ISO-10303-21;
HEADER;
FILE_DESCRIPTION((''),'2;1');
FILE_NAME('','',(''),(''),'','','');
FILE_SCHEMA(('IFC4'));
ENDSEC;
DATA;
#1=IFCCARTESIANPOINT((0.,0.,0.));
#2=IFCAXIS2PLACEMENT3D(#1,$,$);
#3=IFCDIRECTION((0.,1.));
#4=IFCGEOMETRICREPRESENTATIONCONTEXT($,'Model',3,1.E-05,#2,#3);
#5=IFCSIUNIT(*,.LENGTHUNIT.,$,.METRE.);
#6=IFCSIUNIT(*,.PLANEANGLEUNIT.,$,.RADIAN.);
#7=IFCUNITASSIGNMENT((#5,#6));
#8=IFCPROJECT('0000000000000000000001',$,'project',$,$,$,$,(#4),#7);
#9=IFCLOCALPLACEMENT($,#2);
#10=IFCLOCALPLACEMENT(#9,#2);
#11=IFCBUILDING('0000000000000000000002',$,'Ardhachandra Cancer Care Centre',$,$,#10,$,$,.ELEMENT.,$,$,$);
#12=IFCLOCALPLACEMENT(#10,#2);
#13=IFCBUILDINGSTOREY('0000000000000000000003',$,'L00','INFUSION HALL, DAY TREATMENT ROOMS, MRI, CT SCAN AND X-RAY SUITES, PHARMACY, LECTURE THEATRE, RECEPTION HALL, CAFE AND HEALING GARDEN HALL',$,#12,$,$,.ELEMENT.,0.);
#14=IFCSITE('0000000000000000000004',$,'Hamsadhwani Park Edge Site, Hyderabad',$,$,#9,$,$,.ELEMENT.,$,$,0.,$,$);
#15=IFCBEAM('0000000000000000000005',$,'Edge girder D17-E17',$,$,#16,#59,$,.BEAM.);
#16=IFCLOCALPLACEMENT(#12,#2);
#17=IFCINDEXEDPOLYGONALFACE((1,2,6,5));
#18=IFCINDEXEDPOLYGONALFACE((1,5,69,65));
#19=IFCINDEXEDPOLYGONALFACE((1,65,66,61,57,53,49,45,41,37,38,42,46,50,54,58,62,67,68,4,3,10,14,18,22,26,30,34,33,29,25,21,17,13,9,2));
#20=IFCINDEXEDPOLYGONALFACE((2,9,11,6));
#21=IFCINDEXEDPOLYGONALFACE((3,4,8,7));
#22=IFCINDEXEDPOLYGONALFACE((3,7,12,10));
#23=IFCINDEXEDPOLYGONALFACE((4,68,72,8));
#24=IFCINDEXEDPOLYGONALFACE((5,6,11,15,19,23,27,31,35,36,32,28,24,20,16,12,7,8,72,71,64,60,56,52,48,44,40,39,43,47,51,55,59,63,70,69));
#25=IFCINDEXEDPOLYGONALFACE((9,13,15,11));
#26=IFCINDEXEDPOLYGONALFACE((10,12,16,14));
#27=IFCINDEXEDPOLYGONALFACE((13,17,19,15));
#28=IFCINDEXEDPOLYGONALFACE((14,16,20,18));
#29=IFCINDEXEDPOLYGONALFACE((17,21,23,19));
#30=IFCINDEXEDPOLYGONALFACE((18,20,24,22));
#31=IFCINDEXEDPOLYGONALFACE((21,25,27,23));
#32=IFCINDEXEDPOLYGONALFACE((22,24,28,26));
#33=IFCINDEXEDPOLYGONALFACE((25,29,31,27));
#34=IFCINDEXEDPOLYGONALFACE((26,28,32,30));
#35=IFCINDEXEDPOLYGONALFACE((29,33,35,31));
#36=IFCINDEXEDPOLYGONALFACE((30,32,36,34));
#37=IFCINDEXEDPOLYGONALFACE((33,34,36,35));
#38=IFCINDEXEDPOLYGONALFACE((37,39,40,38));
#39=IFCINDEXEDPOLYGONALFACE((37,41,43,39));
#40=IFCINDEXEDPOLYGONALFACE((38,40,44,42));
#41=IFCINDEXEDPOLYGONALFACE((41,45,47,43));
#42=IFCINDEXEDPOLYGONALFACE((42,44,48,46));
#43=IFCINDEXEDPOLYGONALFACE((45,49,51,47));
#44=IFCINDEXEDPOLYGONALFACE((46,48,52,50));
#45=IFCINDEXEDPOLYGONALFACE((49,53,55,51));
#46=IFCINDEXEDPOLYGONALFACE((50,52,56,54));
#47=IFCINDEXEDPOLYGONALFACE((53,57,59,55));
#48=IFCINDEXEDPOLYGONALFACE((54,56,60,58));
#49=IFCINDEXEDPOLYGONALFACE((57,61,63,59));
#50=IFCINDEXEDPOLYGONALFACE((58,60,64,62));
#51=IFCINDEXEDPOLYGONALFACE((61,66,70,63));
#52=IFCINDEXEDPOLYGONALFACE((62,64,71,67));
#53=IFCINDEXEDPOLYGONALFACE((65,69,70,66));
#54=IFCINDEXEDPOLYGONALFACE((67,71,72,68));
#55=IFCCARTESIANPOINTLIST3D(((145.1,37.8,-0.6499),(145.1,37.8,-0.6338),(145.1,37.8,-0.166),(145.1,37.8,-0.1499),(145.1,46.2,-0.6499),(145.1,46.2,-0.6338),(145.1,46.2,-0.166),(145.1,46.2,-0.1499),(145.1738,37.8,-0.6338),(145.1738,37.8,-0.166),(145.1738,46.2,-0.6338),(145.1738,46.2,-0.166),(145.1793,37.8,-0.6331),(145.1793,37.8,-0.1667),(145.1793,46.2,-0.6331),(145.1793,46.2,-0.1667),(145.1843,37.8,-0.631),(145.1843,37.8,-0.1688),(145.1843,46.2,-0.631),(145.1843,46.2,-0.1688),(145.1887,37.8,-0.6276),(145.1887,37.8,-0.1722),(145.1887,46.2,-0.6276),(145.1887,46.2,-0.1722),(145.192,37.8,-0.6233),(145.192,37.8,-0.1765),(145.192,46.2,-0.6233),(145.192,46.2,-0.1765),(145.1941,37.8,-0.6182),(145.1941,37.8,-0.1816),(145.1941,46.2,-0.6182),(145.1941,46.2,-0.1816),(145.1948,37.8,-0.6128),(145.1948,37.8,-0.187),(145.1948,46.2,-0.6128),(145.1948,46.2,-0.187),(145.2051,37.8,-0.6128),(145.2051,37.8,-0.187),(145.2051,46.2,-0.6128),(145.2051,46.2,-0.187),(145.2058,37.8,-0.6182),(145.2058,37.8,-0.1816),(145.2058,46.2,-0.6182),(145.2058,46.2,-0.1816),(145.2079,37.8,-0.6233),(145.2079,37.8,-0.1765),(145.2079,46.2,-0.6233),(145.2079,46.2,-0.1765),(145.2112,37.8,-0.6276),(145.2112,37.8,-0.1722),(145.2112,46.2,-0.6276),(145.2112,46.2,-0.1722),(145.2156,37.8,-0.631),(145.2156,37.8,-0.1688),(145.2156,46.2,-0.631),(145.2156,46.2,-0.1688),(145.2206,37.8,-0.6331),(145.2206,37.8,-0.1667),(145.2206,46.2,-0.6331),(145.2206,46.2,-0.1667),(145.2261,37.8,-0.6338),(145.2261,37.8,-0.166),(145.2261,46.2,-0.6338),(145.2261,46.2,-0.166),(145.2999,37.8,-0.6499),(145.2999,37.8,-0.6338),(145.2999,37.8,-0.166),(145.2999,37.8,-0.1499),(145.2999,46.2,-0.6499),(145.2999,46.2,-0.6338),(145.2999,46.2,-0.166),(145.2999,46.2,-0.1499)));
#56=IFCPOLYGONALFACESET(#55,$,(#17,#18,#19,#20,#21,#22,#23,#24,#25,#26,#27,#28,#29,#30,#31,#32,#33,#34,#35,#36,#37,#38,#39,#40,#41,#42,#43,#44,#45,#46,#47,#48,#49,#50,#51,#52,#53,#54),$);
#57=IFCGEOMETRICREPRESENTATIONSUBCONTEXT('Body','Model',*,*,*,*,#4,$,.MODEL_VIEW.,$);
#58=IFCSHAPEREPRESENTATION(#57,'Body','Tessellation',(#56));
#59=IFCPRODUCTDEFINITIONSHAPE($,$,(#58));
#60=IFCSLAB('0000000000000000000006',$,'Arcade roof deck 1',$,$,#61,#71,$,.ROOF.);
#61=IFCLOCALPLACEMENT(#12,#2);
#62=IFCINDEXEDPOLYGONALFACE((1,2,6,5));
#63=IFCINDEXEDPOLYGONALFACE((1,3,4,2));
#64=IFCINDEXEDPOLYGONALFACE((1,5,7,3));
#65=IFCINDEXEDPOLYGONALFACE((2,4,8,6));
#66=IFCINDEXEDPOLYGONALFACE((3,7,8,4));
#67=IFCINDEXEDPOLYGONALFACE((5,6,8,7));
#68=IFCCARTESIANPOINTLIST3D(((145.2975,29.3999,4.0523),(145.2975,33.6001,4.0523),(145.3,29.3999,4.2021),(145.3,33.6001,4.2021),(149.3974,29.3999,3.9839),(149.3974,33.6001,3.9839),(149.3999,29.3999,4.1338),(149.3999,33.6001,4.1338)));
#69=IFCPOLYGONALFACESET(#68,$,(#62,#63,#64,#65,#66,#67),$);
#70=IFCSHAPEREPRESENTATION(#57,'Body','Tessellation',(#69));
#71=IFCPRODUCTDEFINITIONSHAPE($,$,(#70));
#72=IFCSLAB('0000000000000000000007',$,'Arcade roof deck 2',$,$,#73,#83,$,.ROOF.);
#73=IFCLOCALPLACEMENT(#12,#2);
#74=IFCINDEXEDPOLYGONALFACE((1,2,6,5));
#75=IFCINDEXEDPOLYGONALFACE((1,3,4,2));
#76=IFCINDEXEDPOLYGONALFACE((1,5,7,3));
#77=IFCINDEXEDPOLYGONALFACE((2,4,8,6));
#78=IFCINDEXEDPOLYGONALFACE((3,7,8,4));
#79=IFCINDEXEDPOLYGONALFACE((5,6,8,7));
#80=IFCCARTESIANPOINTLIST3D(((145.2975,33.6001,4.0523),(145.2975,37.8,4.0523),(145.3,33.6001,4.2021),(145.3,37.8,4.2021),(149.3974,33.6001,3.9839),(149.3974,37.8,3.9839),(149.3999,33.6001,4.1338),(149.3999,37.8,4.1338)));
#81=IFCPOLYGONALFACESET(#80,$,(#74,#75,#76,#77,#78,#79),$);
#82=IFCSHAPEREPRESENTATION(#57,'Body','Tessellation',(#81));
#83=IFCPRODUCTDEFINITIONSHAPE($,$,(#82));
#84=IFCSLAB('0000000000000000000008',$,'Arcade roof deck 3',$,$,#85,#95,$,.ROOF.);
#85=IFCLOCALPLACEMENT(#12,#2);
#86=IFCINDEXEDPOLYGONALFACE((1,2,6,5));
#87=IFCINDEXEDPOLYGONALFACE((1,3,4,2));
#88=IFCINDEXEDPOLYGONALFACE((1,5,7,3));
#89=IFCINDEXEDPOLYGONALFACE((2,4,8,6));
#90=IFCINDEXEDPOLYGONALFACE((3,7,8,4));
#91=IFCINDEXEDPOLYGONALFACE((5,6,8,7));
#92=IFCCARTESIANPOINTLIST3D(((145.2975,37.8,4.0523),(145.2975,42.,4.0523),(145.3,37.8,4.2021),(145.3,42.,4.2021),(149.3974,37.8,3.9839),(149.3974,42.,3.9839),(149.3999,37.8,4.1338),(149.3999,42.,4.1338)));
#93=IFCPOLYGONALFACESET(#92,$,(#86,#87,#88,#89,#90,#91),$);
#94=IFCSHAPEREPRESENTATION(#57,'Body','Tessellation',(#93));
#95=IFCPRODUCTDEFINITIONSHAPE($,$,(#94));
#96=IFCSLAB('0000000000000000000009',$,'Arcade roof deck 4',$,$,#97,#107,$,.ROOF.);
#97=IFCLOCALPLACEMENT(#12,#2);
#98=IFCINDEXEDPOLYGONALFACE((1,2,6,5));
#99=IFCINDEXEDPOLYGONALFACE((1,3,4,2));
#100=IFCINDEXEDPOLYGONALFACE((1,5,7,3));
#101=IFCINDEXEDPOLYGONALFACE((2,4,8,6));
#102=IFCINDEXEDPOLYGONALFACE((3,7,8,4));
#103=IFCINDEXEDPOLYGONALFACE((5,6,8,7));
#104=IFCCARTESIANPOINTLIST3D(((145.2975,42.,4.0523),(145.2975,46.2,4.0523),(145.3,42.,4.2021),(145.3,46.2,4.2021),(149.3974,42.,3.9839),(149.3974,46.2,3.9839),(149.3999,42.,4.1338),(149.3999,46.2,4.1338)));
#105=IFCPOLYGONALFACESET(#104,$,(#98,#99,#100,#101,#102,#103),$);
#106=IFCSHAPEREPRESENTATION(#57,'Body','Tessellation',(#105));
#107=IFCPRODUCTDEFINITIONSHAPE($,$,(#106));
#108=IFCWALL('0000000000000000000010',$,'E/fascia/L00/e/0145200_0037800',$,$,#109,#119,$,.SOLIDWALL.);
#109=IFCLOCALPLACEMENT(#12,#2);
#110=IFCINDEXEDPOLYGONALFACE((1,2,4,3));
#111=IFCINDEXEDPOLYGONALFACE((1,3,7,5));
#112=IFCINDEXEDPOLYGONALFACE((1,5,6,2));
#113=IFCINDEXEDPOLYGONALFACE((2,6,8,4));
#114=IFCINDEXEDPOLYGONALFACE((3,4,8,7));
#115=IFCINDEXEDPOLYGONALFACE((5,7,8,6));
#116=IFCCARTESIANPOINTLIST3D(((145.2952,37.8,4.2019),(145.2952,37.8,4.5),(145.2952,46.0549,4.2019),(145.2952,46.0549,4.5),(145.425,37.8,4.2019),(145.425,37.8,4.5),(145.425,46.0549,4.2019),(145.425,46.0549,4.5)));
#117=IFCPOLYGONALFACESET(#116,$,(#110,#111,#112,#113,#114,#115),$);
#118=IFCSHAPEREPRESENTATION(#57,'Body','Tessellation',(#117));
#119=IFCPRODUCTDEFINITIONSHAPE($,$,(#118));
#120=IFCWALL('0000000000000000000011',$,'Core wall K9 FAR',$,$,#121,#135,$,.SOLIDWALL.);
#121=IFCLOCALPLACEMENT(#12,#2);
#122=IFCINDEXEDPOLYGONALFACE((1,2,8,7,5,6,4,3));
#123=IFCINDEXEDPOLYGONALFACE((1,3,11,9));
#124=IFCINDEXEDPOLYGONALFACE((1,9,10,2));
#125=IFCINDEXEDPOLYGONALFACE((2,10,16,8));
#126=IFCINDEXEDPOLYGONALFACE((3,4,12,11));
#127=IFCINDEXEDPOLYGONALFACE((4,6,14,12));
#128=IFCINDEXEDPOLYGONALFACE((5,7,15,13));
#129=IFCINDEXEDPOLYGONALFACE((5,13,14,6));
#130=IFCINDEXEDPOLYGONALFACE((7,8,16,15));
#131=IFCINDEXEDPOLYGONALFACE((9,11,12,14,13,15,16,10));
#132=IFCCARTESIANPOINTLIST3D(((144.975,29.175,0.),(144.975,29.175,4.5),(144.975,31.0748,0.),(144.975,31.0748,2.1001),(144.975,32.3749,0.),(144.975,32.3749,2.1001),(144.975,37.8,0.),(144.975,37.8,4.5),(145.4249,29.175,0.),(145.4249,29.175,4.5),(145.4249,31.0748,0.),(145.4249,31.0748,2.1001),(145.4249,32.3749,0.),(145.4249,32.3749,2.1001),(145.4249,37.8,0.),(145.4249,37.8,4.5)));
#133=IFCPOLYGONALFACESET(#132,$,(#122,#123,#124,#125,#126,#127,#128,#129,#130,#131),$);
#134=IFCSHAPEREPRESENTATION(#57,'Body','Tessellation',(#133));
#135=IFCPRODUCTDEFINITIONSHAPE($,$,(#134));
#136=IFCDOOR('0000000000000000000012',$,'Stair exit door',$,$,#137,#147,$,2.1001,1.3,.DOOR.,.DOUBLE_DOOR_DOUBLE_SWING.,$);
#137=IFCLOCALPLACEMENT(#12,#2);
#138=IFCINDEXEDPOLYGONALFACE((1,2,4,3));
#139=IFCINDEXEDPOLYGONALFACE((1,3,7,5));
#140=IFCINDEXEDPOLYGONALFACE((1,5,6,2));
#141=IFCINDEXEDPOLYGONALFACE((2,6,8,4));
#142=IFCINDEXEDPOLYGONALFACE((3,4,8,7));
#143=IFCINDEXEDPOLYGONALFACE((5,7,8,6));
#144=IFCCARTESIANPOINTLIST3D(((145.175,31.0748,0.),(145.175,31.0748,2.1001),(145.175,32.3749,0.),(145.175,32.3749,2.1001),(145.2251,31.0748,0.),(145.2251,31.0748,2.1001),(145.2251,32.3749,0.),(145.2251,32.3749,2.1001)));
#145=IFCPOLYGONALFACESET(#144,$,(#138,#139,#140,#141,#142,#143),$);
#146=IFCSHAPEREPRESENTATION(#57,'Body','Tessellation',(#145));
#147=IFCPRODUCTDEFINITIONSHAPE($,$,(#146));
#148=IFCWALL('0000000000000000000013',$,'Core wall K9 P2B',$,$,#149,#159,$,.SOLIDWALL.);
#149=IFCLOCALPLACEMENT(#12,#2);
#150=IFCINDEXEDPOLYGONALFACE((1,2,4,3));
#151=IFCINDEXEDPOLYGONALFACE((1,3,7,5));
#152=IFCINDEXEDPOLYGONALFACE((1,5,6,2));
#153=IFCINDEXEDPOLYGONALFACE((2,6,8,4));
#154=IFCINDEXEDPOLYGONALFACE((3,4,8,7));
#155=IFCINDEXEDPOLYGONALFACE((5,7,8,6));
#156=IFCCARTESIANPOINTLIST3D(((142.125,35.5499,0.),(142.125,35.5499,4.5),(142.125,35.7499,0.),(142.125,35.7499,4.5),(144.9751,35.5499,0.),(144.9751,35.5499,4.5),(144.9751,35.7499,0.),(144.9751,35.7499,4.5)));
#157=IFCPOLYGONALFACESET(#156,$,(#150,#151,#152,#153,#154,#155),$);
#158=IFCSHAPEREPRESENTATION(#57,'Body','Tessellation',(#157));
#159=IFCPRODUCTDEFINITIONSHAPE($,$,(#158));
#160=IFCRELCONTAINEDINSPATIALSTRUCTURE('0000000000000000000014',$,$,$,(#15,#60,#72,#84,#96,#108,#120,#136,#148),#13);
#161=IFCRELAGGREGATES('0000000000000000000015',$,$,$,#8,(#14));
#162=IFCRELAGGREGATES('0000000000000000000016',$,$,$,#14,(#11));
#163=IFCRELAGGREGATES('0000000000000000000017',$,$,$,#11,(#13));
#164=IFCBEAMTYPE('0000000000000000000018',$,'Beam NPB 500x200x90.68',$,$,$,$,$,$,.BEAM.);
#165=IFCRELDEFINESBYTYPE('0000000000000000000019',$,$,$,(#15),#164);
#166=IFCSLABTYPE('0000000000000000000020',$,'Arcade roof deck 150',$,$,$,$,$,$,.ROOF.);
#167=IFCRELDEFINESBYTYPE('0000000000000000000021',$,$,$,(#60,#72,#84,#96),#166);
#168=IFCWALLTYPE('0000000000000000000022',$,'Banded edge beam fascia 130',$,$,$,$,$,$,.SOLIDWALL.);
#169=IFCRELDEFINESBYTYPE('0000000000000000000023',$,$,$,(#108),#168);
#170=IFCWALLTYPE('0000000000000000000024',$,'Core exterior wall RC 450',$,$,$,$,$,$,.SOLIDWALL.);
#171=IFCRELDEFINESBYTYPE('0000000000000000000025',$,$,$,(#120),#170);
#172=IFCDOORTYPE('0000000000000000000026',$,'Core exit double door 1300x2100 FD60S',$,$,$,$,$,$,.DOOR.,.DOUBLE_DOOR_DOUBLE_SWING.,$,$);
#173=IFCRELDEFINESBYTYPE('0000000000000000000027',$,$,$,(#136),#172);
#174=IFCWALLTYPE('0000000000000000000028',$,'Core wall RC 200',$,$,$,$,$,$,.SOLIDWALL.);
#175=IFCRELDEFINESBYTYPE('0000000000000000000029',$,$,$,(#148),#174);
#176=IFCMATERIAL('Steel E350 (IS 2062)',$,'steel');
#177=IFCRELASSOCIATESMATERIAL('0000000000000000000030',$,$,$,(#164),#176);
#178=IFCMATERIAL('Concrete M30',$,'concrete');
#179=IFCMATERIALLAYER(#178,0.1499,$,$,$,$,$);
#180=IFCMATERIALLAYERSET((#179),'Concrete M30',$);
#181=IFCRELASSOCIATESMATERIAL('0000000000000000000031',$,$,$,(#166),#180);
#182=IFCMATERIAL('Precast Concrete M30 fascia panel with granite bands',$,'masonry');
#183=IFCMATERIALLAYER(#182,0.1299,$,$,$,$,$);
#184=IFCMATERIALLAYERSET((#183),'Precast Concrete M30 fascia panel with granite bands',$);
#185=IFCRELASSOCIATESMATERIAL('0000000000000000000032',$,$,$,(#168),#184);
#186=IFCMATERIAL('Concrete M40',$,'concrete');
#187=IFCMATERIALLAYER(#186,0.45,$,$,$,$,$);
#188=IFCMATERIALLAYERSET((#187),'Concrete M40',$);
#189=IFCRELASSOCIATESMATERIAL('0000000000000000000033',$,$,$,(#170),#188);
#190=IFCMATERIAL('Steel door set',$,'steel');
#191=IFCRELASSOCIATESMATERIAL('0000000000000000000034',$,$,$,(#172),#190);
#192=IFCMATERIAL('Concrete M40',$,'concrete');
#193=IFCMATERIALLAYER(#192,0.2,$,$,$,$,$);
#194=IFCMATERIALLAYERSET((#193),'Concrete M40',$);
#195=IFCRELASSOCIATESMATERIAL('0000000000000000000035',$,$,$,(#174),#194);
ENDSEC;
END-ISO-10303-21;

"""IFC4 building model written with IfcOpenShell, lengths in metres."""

from ifc_helpers import new_model, si_unit, direction, frame, frame_2d, origin, origin_2d, place, context, subcontext, project, spatial, polyline, rectangle, i_section, outline, extrude, material, layer, layer_set, material_profile, profile_set, type_object, element, fill, save


model = new_model("IFC4")

# Units and contexts
model_context = context("Model", 3, precision=1e-05, world=origin(), true_north=direction((0.0, 1.0)))
body_context = subcontext(model_context, "Body", "Model", "MODEL_VIEW")
ifc_project = project(units=[si_unit("LENGTHUNIT", "METRE"), si_unit("PLANEANGLEUNIT", "RADIAN")], contexts=[model_context])

# Site, building, storey
site_placement = place(None, origin())
site = spatial("IfcSite", under=ifc_project, at=site_placement, Name="Hamsadhwani Park Edge Site, Hyderabad", CompositionType="ELEMENT", RefElevation=0.0)
building_placement = place(site_placement, origin())
building = spatial("IfcBuilding", under=site, at=building_placement, Name="Ardhachandra Cancer Care Centre", CompositionType="ELEMENT")
storey_placement = place(building_placement, origin())
storey = spatial("IfcBuildingStorey", under=building, at=storey_placement, Name="L00", Description="INFUSION HALL, DAY TREATMENT ROOMS, MRI, CT SCAN AND X-RAY SUITES, PHARMACY, LECTURE THEATRE, RECEPTION HALL, CAFE AND HEALING GARDEN HALL", CompositionType="ELEMENT", Elevation=0.0)

# Beam
ifc_material_1 = material(Name="Steel E350 (IS 2062)", Category="steel")
ifc_material_profile_1 = material_profile(ifc_material_1, i_section(OverallWidth=0.2, OverallDepth=0.5, WebThickness=0.0103, FlangeThickness=0.0161, FilletRadius=0.021, at=origin_2d()), Name="NPB 500x200x90.68")
ifc_profile_set_1 = profile_set([ifc_material_profile_1], Name="Steel E350 (IS 2062)")
beam_type_1 = type_object("IfcBeamType", Name="Beam NPB 500x200x90.68", PredefinedType="BEAM", material=ifc_profile_set_1)
beam_1_placement = place(storey_placement, frame((145.2, 37.8, -0.3999), z_axis=(0.0, 1.0, 0.0), x_axis=(-1.0, 0.0, 0.0)))
element("IfcBeam", 1, at=beam_1_placement, inside=storey, type_object=beam_type_1, Name="Edge girder D17-E17", PredefinedType="BEAM", context=body_context, shape_type="SweptSolid", body=[
    extrude(i_section(OverallWidth=0.2, OverallDepth=0.5, WebThickness=0.0103, FlangeThickness=0.0161, FilletRadius=0.021, at=origin_2d()), origin(), (0.0, 0.0, 1.0), 8.3999),
])

# Slabs
ifc_material_2 = material(Name="Concrete M30", Category="concrete")
ifc_layer_1 = layer(ifc_material_2, 0.1499)
ifc_layer_set_1 = layer_set([ifc_layer_1], Name="Concrete M30")
slab_type = type_object("IfcSlabType", Name="Arcade roof deck 150", PredefinedType="ROOF", material=ifc_layer_set_1)
slab_placement = place(storey_placement, frame((145.3, 29.3999, 4.2021), z_axis=(0.016671, 0.0, 0.999861), x_axis=(0.999861, 0.0, -0.016671)))
element("IfcSlab", 2, at=slab_placement, inside=storey, type_object=slab_type, Name="Arcade roof deck 1", PredefinedType="ROOF", context=body_context, shape_type="SweptSolid", body=[
    extrude(outline(polyline([(0.0, 0.0), (4.1004, 0.0), (4.1004, 4.2002), (0.0, 4.2002), (0.0, 0.0)])), origin(), (0.0, 0.0, -1.0), 0.1499),
])
for number, where, z_axis, x_axis, name in (
    (3, (145.3, 33.6001, 4.2021), (0.016671, 0.0, 0.999861), (0.999861, 0.0, -0.016671), "Arcade roof deck 2"),
    (4, (145.3, 37.8, 4.2021), (0.016671, 0.0, 0.999861), (0.999861, 0.0, -0.016671), "Arcade roof deck 3"),
    (5, (145.3, 42.0, 4.2021), (0.016671, 0.0, 0.999861), (0.999861, 0.0, -0.016671), "Arcade roof deck 4"),
):
    element("IfcSlab", number, at=place(storey_placement, frame(where, z_axis=z_axis, x_axis=x_axis)), inside=storey, type_object=slab_type, Name=name, PredefinedType="ROOF", context=body_context, shape_type="SweptSolid", body=[
        extrude(outline(polyline([(0.0, 0.0), (4.1004, 0.0), (4.1004, 4.2), (0.0, 4.2), (0.0, 0.0)])), origin(), (0.0, 0.0, -1.0), 0.1499),
    ])

# Wall
ifc_material_3 = material(Name="Precast Concrete M30 fascia panel with granite bands", Category="masonry")
ifc_layer_2 = layer(ifc_material_3, 0.1299)
ifc_layer_set_2 = layer_set([ifc_layer_2], Name="Precast Concrete M30 fascia panel with granite bands")
wall_type_1 = type_object("IfcWallType", Name="Banded edge beam fascia 130", PredefinedType="SOLIDWALL", material=ifc_layer_set_2)
wall_1_placement = place(storey_placement, frame((145.3601, 37.8, 4.2019), z_axis=(0.0, 0.0, 1.0), x_axis=(0.0, 1.0, 0.0)))
element("IfcWall", 6, at=wall_1_placement, inside=storey, type_object=wall_type_1, Name="E/fascia/L00/e/0145200_0037800", PredefinedType="SOLIDWALL", context=body_context, shape_type="SweptSolid", body=[
    extrude(rectangle(XDim=8.2549, YDim=0.1299, at=frame_2d((4.1274, 0.0))), origin(), (0.0, 0.0, 1.0), 0.2981),
])

# Wall, opening, door
ifc_material_4 = material(Name="Concrete M40", Category="concrete")
ifc_layer_3 = layer(ifc_material_4, 0.45)
ifc_layer_set_3 = layer_set([ifc_layer_3], Name="Concrete M40")
wall_type_2 = type_object("IfcWallType", Name="Core exterior wall RC 450", PredefinedType="SOLIDWALL", material=ifc_layer_set_3)
wall_2_placement = place(storey_placement, frame((145.2, 29.175, 0.0), z_axis=(0.0, 0.0, 1.0), x_axis=(0.0, 1.0, 0.0)))
wall_2 = element("IfcWall", 7, at=wall_2_placement, inside=storey, type_object=wall_type_2, Name="Core wall K9 FAR", PredefinedType="SOLIDWALL", context=body_context, shape_type="SweptSolid", body=[
    extrude(rectangle(XDim=8.625, YDim=0.45, at=frame_2d((4.3125, 0.0))), origin(), (0.0, 0.0, 1.0), 4.5),
])
opening_1_placement = place(wall_2_placement, frame((1.8999, 0.0, 0.0)))
opening_1 = element("IfcOpeningElement", 8, at=opening_1_placement, cuts=wall_2, PredefinedType="OPENING", context=body_context, shape_type="SweptSolid", body=[
    extrude(rectangle(XDim=1.3, YDim=2.1001, at=frame_2d((0.6499, 1.05))), frame((0.0, 0.2349, 0.0), z_axis=(0.0, -1.0, 0.0), x_axis=(1.0, 0.0, 0.0)), (0.0, 0.0, 1.0), 0.47),
])
ifc_material_5 = material(Name="Steel door set", Category="steel")
door_type_1 = type_object("IfcDoorType", Name="Core exit double door 1300x2100 FD60S", OperationType="DOUBLE_DOOR_DOUBLE_SWING", PredefinedType="DOOR", material=ifc_material_5)
door_1_placement = place(opening_1_placement, origin())
door_1 = element("IfcDoor", 9, at=door_1_placement, inside=storey, type_object=door_type_1, Name="Stair exit door", OperationType="DOUBLE_DOOR_DOUBLE_SWING", OverallHeight=2.1001, OverallWidth=1.3, PredefinedType="DOOR", context=body_context, shape_type="SweptSolid", body=[
    extrude(rectangle(XDim=1.3, YDim=2.1001, at=frame_2d((0.6499, 1.05))), frame((0.0, 0.0249, 0.0), z_axis=(0.0, -1.0, 0.0), x_axis=(1.0, 0.0, 0.0)), (0.0, 0.0, 1.0), 0.05),
])
fill(opening_1, door_1)

# Wall
ifc_material_6 = material(Name="Concrete M40", Category="concrete")
ifc_layer_4 = layer(ifc_material_6, 0.2)
ifc_layer_set_4 = layer_set([ifc_layer_4], Name="Concrete M40")
wall_type_3 = type_object("IfcWallType", Name="Core wall RC 200", PredefinedType="SOLIDWALL", material=ifc_layer_set_4)
wall_3_placement = place(storey_placement, frame((142.125, 35.6499, 0.0), z_axis=(0.0, 0.0, 1.0), x_axis=(1.0, 0.0, 0.0)))
element("IfcWall", 10, at=wall_3_placement, inside=storey, type_object=wall_type_3, Name="Core wall K9 P2B", PredefinedType="SOLIDWALL", context=body_context, shape_type="SweptSolid", body=[
    extrude(rectangle(XDim=2.8501, YDim=0.2, at=frame_2d((1.425, 0.0))), origin(), (0.0, 0.0, 1.0), 4.5),
])

save(model, "model.ifc")
